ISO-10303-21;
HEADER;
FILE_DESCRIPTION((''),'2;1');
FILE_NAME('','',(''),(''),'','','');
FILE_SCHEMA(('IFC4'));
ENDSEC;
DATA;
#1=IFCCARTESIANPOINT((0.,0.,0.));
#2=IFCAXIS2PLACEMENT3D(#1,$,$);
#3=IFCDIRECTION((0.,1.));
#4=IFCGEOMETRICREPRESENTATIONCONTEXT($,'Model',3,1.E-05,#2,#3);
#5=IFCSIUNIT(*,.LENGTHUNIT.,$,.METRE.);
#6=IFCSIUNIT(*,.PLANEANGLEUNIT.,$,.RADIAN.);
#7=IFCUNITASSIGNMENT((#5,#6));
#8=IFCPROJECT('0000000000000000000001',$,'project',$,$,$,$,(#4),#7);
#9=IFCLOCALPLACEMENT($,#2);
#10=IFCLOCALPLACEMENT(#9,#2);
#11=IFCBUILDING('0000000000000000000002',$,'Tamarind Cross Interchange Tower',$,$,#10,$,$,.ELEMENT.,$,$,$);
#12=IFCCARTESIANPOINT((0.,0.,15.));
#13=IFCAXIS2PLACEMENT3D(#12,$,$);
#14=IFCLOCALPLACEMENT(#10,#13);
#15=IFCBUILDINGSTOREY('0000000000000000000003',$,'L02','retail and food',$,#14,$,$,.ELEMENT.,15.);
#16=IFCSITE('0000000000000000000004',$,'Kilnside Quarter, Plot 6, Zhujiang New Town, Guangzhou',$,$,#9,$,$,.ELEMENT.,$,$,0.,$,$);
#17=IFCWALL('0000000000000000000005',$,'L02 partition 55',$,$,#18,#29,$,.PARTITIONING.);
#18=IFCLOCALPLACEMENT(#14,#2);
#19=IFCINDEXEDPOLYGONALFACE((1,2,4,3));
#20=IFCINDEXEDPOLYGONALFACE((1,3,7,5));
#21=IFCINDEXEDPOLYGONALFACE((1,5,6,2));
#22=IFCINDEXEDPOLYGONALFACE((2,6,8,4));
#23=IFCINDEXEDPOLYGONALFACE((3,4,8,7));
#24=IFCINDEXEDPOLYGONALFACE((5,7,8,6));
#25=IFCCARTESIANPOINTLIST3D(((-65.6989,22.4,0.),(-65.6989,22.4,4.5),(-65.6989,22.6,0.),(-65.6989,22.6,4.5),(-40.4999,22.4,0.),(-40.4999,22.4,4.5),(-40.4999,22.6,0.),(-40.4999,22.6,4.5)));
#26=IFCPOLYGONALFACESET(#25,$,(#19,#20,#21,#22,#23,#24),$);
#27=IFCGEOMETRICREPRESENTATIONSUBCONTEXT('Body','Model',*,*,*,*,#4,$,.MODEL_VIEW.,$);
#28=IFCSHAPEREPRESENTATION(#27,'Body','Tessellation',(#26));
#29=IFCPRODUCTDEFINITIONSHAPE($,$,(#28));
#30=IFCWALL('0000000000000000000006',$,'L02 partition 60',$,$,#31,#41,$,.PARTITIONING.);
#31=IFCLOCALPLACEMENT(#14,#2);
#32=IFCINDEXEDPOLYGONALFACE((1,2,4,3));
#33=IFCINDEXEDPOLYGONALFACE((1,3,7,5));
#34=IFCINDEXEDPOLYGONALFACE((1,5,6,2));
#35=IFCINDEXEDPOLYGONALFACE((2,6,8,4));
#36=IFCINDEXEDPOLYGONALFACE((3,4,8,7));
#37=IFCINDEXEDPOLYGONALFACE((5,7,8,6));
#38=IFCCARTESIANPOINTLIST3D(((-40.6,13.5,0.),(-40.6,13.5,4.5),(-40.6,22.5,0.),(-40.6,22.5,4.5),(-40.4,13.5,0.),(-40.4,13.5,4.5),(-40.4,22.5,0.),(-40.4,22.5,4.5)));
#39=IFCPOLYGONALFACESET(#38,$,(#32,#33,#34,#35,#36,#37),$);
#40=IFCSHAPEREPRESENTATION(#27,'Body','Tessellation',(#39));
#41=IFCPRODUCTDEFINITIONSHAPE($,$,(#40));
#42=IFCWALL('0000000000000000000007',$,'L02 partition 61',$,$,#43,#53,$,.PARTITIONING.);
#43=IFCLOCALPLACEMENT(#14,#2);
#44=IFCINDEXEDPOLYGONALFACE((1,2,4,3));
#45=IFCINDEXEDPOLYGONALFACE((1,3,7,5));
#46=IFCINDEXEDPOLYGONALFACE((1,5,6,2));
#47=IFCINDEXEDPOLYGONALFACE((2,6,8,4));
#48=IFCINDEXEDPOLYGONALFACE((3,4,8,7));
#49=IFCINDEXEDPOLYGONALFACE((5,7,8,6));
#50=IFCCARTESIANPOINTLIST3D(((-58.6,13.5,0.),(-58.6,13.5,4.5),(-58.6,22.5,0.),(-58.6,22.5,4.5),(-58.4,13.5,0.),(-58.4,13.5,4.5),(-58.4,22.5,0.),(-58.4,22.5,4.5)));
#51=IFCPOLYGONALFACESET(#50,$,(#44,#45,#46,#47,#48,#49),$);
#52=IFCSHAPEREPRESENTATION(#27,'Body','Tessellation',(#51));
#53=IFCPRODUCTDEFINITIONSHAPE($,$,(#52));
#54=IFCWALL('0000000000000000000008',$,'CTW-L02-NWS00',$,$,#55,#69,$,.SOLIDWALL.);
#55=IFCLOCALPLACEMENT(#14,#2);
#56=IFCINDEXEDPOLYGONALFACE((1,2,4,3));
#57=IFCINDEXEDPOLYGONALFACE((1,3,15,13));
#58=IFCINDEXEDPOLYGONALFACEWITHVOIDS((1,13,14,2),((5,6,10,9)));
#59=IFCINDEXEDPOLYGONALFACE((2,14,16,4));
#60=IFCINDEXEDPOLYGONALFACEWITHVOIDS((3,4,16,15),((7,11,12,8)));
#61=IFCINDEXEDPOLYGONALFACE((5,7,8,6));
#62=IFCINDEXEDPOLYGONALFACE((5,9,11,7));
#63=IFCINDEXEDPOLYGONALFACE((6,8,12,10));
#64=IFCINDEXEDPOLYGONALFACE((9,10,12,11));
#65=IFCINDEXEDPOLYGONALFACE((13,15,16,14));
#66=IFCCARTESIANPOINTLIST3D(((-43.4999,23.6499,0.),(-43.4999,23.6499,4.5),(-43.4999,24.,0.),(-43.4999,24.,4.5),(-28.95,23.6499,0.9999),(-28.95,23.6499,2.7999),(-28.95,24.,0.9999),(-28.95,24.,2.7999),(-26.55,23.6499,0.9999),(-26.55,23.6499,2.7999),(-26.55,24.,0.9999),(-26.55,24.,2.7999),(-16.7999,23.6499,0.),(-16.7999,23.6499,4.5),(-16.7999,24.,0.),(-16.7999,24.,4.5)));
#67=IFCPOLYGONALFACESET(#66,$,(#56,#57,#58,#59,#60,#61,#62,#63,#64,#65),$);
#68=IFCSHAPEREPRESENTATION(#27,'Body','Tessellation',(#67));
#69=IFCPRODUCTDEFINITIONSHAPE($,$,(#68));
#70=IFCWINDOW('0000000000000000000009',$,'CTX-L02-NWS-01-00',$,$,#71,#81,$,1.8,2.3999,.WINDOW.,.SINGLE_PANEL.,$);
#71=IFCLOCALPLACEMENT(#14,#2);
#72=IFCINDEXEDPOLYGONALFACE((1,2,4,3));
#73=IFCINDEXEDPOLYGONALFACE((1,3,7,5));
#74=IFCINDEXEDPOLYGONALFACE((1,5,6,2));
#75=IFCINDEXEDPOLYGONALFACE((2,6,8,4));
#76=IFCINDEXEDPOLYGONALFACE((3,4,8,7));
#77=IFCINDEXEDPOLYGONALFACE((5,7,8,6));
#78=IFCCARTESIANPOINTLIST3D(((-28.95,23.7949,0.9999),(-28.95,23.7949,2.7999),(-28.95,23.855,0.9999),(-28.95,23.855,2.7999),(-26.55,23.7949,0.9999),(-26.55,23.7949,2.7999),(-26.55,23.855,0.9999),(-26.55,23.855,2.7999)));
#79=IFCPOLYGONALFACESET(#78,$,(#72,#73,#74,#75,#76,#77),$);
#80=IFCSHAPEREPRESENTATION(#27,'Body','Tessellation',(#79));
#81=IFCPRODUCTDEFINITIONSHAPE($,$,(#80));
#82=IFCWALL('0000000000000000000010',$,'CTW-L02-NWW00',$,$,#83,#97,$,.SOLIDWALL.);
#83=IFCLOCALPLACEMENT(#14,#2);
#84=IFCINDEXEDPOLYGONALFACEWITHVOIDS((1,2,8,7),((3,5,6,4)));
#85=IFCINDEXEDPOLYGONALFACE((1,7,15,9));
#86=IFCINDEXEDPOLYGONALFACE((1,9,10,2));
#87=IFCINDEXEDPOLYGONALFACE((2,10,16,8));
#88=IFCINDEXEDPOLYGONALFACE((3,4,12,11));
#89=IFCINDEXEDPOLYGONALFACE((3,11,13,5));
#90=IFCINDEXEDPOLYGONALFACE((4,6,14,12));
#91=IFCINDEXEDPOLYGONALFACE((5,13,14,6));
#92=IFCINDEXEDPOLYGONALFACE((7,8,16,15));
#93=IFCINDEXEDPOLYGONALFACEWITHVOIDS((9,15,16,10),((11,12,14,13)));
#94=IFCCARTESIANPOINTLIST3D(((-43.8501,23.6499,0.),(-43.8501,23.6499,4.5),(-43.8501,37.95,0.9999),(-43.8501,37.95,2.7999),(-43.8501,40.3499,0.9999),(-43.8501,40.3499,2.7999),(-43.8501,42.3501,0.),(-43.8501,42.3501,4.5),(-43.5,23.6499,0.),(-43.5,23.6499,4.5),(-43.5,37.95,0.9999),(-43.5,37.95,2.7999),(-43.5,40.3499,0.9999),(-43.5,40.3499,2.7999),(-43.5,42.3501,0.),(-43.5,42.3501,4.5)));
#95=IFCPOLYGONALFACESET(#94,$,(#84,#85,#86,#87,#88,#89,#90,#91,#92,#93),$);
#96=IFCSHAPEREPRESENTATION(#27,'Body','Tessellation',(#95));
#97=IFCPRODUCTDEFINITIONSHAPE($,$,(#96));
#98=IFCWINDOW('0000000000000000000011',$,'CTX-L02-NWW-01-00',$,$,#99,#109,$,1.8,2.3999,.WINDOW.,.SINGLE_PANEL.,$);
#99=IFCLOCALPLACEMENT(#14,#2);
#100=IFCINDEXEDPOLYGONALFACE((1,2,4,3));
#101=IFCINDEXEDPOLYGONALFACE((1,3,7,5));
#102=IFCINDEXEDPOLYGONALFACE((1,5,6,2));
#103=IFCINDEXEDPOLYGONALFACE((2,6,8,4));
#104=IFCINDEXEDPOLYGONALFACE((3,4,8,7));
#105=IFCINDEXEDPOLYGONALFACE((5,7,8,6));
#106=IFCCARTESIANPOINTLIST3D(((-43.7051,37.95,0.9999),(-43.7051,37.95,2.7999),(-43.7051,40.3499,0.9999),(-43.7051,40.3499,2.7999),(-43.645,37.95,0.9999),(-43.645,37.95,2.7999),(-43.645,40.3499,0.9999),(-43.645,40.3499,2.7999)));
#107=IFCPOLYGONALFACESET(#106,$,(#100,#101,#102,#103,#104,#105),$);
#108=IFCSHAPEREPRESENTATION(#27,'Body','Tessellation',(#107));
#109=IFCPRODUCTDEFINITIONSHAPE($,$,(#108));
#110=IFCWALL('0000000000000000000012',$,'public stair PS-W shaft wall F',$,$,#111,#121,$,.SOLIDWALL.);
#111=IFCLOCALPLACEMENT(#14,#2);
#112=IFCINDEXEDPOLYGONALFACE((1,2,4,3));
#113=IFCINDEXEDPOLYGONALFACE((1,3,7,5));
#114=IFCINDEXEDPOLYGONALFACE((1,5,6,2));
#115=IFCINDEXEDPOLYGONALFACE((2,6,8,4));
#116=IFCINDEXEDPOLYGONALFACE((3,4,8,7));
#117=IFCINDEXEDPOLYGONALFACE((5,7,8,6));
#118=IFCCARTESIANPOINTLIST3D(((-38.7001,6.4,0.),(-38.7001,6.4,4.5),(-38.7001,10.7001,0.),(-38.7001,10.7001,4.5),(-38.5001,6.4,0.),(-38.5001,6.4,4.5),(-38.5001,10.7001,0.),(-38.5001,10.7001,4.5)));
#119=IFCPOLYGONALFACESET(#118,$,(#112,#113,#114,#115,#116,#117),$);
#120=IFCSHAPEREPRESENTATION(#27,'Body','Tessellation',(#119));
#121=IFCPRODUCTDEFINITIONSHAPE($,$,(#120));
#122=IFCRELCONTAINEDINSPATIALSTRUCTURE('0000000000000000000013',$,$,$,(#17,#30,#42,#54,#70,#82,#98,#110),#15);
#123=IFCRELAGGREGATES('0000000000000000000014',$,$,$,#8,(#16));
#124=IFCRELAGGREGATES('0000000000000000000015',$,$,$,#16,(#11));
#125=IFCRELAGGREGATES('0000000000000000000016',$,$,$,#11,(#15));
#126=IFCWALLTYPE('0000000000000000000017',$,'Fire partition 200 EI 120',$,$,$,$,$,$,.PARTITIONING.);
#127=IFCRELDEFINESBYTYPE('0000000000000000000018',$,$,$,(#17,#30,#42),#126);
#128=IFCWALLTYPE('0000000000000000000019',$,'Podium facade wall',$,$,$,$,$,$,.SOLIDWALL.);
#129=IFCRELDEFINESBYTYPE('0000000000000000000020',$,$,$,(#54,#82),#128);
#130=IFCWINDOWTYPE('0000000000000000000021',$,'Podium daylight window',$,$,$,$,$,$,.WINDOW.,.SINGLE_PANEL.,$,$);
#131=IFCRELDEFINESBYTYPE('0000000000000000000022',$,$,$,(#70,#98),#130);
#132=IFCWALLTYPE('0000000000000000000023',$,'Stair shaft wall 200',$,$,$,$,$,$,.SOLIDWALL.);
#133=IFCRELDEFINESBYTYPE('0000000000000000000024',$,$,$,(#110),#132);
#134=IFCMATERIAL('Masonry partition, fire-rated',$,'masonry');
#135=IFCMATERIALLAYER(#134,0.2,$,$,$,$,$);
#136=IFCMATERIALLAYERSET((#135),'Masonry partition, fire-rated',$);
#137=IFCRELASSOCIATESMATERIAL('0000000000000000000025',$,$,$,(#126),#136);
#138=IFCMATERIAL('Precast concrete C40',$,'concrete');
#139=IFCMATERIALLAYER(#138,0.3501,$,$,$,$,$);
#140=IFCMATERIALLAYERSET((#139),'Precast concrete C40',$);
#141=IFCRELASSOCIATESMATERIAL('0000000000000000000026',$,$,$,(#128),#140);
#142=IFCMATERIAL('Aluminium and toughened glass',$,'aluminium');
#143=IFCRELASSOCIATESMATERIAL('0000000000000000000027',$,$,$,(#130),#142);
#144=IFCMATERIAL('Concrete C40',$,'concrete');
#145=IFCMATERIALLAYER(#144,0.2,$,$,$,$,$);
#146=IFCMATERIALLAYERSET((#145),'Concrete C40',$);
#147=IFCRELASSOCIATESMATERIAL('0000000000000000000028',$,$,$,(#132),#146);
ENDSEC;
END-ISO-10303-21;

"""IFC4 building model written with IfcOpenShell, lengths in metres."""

from ifc_helpers import new_model, si_unit, direction, frame, frame_2d, origin, place, context, subcontext, project, spatial, rectangle, extrude, material, layer, layer_set, type_object, element, fill, save


model = new_model("IFC4")

# Units and contexts
model_context = context("Model", 3, precision=1e-05, world=origin(), true_north=direction((0.0, 1.0)))
body_context = subcontext(model_context, "Body", "Model", "MODEL_VIEW")
ifc_project = project(units=[si_unit("LENGTHUNIT", "METRE"), si_unit("PLANEANGLEUNIT", "RADIAN")], contexts=[model_context])

# Site, building, storey
site_placement = place(None, origin())
site = spatial("IfcSite", under=ifc_project, at=site_placement, Name="Kilnside Quarter, Plot 6, Zhujiang New Town, Guangzhou", CompositionType="ELEMENT", RefElevation=0.0)
building_placement = place(site_placement, origin())
building = spatial("IfcBuilding", under=site, at=building_placement, Name="Tamarind Cross Interchange Tower", CompositionType="ELEMENT")
storey_placement = place(building_placement, frame((0.0, 0.0, 15.0)))
storey = spatial("IfcBuildingStorey", under=building, at=storey_placement, Name="L02", Description="retail and food", CompositionType="ELEMENT", Elevation=15.0)

# Shared definitions
ifc_material_1 = material(Name="Masonry partition, fire-rated", Category="masonry")
ifc_layer_1 = layer(ifc_material_1, 0.2)
ifc_layer_set_1 = layer_set([ifc_layer_1], Name="Masonry partition, fire-rated")
wall_type_1 = type_object("IfcWallType", Name="Fire partition 200 EI 120", PredefinedType="PARTITIONING", material=ifc_layer_set_1)

# Walls
wall_1_placement = place(storey_placement, frame((-65.699, 22.5, 0.0), z_axis=(0.0, 0.0, 1.0), x_axis=(1.0, 0.0, 0.0)))
element("IfcWall", 1, at=wall_1_placement, inside=storey, type_object=wall_type_1, Name="L02 partition 55", PredefinedType="PARTITIONING", context=body_context, shape_type="SweptSolid", body=[
    extrude(rectangle(XDim=25.199, YDim=0.2, at=frame_2d((12.5996, 0.0))), origin(), (0.0, 0.0, 1.0), 4.5),
])
for number, where, z_axis, x_axis, name in (
    (2, (-40.5, 13.5, 0.0), (0.0, 0.0, 1.0), (0.0, 1.0, 0.0), "L02 partition 60"),
    (3, (-58.5, 13.5, 0.0), (0.0, 0.0, 1.0), (0.0, 1.0, 0.0), "L02 partition 61"),
):
    element("IfcWall", number, at=place(storey_placement, frame(where, z_axis=z_axis, x_axis=x_axis)), inside=storey, type_object=wall_type_1, Name=name, PredefinedType="PARTITIONING", context=body_context, shape_type="SweptSolid", body=[
        extrude(rectangle(XDim=9.0, YDim=0.2, at=frame_2d((4.5, 0.0))), origin(), (0.0, 0.0, 1.0), 4.5),
    ])

# Walls, openings, windows
ifc_material_2 = material(Name="Precast concrete C40", Category="concrete")
ifc_layer_2 = layer(ifc_material_2, 0.3501)
ifc_layer_set_2 = layer_set([ifc_layer_2], Name="Precast concrete C40")
wall_type_2 = type_object("IfcWallType", Name="Podium facade wall", PredefinedType="SOLIDWALL", material=ifc_layer_set_2)
wall_2_placement = place(storey_placement, frame((-43.5, 23.825, 0.0), z_axis=(0.0, 0.0, 1.0), x_axis=(1.0, 0.0, 0.0)))
wall_2 = element("IfcWall", 4, at=wall_2_placement, inside=storey, type_object=wall_type_2, Name="CTW-L02-NWS00", PredefinedType="SOLIDWALL", context=body_context, shape_type="SweptSolid", body=[
    extrude(rectangle(XDim=26.7, YDim=0.3501, at=frame_2d((13.3501, 0.0))), origin(), (0.0, 0.0, 1.0), 4.5),
])
opening_1_placement = place(wall_2_placement, frame((14.55, 0.0, 1.0)))
opening_1 = element("IfcOpeningElement", 5, at=opening_1_placement, cuts=wall_2, PredefinedType="OPENING", context=body_context, shape_type="SweptSolid", body=[
    extrude(rectangle(XDim=2.3999, YDim=1.8, at=frame_2d((1.2, 0.8999))), frame((0.0, 0.1851, 0.0), z_axis=(0.0, -1.0, 0.0), x_axis=(1.0, 0.0, 0.0)), (0.0, 0.0, 1.0), 0.3701),
])
ifc_material_3 = material(Name="Aluminium and toughened glass", Category="aluminium")
window_type = type_object("IfcWindowType", Name="Podium daylight window", PartitioningType="SINGLE_PANEL", PredefinedType="WINDOW", material=ifc_material_3)
window_1_placement = place(opening_1_placement, origin())
window_1 = element("IfcWindow", 6, at=window_1_placement, inside=storey, type_object=window_type, Name="CTX-L02-NWS-01-00", OverallHeight=1.8, OverallWidth=2.3999, PartitioningType="SINGLE_PANEL", PredefinedType="WINDOW", context=body_context, shape_type="SweptSolid", body=[
    extrude(rectangle(XDim=2.3999, YDim=1.8, at=frame_2d((1.2, 0.8999))), frame((0.0, 0.03, 0.0), z_axis=(0.0, -1.0, 0.0), x_axis=(1.0, 0.0, 0.0)), (0.0, 0.0, 1.0), 0.0601),
])
fill(opening_1, window_1)
wall_3_placement = place(storey_placement, frame((-43.675, 23.6499, 0.0), z_axis=(0.0, 0.0, 1.0), x_axis=(0.0, 1.0, 0.0)))
wall_3 = element("IfcWall", 7, at=wall_3_placement, inside=storey, type_object=wall_type_2, Name="CTW-L02-NWW00", PredefinedType="SOLIDWALL", context=body_context, shape_type="SweptSolid", body=[
    extrude(rectangle(XDim=18.7002, YDim=0.3501, at=frame_2d((9.3501, 0.0))), origin(), (0.0, 0.0, 1.0), 4.5),
])
opening_2_placement = place(wall_3_placement, frame((14.3, 0.0, 1.0)))
opening_2 = element("IfcOpeningElement", 8, at=opening_2_placement, cuts=wall_3, PredefinedType="OPENING", context=body_context, shape_type="SweptSolid", body=[
    extrude(rectangle(XDim=2.3999, YDim=1.8, at=frame_2d((1.2, 0.8999))), frame((0.0, 0.1851, 0.0), z_axis=(0.0, -1.0, 0.0), x_axis=(1.0, 0.0, 0.0)), (0.0, 0.0, 1.0), 0.3701),
])
window_2_placement = place(opening_2_placement, origin())
window_2 = element("IfcWindow", 9, at=window_2_placement, inside=storey, type_object=window_type, Name="CTX-L02-NWW-01-00", OverallHeight=1.8, OverallWidth=2.3999, PartitioningType="SINGLE_PANEL", PredefinedType="WINDOW", context=body_context, shape_type="SweptSolid", body=[
    extrude(rectangle(XDim=2.3999, YDim=1.8, at=frame_2d((1.2, 0.8999))), frame((0.0, 0.03, 0.0), z_axis=(0.0, -1.0, 0.0), x_axis=(1.0, 0.0, 0.0)), (0.0, 0.0, 1.0), 0.0601),
])
fill(opening_2, window_2)

# Wall
ifc_material_4 = material(Name="Concrete C40", Category="concrete")
ifc_layer_3 = layer(ifc_material_4, 0.2)
ifc_layer_set_3 = layer_set([ifc_layer_3], Name="Concrete C40")
wall_type_3 = type_object("IfcWallType", Name="Stair shaft wall 200", PredefinedType="SOLIDWALL", material=ifc_layer_set_3)
wall_4_placement = place(storey_placement, frame((-38.6001, 10.7, 0.0), z_axis=(0.0, 0.0, 1.0), x_axis=(0.0, -1.0, 0.0)))
element("IfcWall", 10, at=wall_4_placement, inside=storey, type_object=wall_type_3, Name="public stair PS-W shaft wall F", PredefinedType="SOLIDWALL", context=body_context, shape_type="SweptSolid", body=[
    extrude(rectangle(XDim=4.3, YDim=0.2, at=frame_2d((2.1499, 0.0))), origin(), (0.0, 0.0, 1.0), 4.5),
])

save(model, "model.ifc")
